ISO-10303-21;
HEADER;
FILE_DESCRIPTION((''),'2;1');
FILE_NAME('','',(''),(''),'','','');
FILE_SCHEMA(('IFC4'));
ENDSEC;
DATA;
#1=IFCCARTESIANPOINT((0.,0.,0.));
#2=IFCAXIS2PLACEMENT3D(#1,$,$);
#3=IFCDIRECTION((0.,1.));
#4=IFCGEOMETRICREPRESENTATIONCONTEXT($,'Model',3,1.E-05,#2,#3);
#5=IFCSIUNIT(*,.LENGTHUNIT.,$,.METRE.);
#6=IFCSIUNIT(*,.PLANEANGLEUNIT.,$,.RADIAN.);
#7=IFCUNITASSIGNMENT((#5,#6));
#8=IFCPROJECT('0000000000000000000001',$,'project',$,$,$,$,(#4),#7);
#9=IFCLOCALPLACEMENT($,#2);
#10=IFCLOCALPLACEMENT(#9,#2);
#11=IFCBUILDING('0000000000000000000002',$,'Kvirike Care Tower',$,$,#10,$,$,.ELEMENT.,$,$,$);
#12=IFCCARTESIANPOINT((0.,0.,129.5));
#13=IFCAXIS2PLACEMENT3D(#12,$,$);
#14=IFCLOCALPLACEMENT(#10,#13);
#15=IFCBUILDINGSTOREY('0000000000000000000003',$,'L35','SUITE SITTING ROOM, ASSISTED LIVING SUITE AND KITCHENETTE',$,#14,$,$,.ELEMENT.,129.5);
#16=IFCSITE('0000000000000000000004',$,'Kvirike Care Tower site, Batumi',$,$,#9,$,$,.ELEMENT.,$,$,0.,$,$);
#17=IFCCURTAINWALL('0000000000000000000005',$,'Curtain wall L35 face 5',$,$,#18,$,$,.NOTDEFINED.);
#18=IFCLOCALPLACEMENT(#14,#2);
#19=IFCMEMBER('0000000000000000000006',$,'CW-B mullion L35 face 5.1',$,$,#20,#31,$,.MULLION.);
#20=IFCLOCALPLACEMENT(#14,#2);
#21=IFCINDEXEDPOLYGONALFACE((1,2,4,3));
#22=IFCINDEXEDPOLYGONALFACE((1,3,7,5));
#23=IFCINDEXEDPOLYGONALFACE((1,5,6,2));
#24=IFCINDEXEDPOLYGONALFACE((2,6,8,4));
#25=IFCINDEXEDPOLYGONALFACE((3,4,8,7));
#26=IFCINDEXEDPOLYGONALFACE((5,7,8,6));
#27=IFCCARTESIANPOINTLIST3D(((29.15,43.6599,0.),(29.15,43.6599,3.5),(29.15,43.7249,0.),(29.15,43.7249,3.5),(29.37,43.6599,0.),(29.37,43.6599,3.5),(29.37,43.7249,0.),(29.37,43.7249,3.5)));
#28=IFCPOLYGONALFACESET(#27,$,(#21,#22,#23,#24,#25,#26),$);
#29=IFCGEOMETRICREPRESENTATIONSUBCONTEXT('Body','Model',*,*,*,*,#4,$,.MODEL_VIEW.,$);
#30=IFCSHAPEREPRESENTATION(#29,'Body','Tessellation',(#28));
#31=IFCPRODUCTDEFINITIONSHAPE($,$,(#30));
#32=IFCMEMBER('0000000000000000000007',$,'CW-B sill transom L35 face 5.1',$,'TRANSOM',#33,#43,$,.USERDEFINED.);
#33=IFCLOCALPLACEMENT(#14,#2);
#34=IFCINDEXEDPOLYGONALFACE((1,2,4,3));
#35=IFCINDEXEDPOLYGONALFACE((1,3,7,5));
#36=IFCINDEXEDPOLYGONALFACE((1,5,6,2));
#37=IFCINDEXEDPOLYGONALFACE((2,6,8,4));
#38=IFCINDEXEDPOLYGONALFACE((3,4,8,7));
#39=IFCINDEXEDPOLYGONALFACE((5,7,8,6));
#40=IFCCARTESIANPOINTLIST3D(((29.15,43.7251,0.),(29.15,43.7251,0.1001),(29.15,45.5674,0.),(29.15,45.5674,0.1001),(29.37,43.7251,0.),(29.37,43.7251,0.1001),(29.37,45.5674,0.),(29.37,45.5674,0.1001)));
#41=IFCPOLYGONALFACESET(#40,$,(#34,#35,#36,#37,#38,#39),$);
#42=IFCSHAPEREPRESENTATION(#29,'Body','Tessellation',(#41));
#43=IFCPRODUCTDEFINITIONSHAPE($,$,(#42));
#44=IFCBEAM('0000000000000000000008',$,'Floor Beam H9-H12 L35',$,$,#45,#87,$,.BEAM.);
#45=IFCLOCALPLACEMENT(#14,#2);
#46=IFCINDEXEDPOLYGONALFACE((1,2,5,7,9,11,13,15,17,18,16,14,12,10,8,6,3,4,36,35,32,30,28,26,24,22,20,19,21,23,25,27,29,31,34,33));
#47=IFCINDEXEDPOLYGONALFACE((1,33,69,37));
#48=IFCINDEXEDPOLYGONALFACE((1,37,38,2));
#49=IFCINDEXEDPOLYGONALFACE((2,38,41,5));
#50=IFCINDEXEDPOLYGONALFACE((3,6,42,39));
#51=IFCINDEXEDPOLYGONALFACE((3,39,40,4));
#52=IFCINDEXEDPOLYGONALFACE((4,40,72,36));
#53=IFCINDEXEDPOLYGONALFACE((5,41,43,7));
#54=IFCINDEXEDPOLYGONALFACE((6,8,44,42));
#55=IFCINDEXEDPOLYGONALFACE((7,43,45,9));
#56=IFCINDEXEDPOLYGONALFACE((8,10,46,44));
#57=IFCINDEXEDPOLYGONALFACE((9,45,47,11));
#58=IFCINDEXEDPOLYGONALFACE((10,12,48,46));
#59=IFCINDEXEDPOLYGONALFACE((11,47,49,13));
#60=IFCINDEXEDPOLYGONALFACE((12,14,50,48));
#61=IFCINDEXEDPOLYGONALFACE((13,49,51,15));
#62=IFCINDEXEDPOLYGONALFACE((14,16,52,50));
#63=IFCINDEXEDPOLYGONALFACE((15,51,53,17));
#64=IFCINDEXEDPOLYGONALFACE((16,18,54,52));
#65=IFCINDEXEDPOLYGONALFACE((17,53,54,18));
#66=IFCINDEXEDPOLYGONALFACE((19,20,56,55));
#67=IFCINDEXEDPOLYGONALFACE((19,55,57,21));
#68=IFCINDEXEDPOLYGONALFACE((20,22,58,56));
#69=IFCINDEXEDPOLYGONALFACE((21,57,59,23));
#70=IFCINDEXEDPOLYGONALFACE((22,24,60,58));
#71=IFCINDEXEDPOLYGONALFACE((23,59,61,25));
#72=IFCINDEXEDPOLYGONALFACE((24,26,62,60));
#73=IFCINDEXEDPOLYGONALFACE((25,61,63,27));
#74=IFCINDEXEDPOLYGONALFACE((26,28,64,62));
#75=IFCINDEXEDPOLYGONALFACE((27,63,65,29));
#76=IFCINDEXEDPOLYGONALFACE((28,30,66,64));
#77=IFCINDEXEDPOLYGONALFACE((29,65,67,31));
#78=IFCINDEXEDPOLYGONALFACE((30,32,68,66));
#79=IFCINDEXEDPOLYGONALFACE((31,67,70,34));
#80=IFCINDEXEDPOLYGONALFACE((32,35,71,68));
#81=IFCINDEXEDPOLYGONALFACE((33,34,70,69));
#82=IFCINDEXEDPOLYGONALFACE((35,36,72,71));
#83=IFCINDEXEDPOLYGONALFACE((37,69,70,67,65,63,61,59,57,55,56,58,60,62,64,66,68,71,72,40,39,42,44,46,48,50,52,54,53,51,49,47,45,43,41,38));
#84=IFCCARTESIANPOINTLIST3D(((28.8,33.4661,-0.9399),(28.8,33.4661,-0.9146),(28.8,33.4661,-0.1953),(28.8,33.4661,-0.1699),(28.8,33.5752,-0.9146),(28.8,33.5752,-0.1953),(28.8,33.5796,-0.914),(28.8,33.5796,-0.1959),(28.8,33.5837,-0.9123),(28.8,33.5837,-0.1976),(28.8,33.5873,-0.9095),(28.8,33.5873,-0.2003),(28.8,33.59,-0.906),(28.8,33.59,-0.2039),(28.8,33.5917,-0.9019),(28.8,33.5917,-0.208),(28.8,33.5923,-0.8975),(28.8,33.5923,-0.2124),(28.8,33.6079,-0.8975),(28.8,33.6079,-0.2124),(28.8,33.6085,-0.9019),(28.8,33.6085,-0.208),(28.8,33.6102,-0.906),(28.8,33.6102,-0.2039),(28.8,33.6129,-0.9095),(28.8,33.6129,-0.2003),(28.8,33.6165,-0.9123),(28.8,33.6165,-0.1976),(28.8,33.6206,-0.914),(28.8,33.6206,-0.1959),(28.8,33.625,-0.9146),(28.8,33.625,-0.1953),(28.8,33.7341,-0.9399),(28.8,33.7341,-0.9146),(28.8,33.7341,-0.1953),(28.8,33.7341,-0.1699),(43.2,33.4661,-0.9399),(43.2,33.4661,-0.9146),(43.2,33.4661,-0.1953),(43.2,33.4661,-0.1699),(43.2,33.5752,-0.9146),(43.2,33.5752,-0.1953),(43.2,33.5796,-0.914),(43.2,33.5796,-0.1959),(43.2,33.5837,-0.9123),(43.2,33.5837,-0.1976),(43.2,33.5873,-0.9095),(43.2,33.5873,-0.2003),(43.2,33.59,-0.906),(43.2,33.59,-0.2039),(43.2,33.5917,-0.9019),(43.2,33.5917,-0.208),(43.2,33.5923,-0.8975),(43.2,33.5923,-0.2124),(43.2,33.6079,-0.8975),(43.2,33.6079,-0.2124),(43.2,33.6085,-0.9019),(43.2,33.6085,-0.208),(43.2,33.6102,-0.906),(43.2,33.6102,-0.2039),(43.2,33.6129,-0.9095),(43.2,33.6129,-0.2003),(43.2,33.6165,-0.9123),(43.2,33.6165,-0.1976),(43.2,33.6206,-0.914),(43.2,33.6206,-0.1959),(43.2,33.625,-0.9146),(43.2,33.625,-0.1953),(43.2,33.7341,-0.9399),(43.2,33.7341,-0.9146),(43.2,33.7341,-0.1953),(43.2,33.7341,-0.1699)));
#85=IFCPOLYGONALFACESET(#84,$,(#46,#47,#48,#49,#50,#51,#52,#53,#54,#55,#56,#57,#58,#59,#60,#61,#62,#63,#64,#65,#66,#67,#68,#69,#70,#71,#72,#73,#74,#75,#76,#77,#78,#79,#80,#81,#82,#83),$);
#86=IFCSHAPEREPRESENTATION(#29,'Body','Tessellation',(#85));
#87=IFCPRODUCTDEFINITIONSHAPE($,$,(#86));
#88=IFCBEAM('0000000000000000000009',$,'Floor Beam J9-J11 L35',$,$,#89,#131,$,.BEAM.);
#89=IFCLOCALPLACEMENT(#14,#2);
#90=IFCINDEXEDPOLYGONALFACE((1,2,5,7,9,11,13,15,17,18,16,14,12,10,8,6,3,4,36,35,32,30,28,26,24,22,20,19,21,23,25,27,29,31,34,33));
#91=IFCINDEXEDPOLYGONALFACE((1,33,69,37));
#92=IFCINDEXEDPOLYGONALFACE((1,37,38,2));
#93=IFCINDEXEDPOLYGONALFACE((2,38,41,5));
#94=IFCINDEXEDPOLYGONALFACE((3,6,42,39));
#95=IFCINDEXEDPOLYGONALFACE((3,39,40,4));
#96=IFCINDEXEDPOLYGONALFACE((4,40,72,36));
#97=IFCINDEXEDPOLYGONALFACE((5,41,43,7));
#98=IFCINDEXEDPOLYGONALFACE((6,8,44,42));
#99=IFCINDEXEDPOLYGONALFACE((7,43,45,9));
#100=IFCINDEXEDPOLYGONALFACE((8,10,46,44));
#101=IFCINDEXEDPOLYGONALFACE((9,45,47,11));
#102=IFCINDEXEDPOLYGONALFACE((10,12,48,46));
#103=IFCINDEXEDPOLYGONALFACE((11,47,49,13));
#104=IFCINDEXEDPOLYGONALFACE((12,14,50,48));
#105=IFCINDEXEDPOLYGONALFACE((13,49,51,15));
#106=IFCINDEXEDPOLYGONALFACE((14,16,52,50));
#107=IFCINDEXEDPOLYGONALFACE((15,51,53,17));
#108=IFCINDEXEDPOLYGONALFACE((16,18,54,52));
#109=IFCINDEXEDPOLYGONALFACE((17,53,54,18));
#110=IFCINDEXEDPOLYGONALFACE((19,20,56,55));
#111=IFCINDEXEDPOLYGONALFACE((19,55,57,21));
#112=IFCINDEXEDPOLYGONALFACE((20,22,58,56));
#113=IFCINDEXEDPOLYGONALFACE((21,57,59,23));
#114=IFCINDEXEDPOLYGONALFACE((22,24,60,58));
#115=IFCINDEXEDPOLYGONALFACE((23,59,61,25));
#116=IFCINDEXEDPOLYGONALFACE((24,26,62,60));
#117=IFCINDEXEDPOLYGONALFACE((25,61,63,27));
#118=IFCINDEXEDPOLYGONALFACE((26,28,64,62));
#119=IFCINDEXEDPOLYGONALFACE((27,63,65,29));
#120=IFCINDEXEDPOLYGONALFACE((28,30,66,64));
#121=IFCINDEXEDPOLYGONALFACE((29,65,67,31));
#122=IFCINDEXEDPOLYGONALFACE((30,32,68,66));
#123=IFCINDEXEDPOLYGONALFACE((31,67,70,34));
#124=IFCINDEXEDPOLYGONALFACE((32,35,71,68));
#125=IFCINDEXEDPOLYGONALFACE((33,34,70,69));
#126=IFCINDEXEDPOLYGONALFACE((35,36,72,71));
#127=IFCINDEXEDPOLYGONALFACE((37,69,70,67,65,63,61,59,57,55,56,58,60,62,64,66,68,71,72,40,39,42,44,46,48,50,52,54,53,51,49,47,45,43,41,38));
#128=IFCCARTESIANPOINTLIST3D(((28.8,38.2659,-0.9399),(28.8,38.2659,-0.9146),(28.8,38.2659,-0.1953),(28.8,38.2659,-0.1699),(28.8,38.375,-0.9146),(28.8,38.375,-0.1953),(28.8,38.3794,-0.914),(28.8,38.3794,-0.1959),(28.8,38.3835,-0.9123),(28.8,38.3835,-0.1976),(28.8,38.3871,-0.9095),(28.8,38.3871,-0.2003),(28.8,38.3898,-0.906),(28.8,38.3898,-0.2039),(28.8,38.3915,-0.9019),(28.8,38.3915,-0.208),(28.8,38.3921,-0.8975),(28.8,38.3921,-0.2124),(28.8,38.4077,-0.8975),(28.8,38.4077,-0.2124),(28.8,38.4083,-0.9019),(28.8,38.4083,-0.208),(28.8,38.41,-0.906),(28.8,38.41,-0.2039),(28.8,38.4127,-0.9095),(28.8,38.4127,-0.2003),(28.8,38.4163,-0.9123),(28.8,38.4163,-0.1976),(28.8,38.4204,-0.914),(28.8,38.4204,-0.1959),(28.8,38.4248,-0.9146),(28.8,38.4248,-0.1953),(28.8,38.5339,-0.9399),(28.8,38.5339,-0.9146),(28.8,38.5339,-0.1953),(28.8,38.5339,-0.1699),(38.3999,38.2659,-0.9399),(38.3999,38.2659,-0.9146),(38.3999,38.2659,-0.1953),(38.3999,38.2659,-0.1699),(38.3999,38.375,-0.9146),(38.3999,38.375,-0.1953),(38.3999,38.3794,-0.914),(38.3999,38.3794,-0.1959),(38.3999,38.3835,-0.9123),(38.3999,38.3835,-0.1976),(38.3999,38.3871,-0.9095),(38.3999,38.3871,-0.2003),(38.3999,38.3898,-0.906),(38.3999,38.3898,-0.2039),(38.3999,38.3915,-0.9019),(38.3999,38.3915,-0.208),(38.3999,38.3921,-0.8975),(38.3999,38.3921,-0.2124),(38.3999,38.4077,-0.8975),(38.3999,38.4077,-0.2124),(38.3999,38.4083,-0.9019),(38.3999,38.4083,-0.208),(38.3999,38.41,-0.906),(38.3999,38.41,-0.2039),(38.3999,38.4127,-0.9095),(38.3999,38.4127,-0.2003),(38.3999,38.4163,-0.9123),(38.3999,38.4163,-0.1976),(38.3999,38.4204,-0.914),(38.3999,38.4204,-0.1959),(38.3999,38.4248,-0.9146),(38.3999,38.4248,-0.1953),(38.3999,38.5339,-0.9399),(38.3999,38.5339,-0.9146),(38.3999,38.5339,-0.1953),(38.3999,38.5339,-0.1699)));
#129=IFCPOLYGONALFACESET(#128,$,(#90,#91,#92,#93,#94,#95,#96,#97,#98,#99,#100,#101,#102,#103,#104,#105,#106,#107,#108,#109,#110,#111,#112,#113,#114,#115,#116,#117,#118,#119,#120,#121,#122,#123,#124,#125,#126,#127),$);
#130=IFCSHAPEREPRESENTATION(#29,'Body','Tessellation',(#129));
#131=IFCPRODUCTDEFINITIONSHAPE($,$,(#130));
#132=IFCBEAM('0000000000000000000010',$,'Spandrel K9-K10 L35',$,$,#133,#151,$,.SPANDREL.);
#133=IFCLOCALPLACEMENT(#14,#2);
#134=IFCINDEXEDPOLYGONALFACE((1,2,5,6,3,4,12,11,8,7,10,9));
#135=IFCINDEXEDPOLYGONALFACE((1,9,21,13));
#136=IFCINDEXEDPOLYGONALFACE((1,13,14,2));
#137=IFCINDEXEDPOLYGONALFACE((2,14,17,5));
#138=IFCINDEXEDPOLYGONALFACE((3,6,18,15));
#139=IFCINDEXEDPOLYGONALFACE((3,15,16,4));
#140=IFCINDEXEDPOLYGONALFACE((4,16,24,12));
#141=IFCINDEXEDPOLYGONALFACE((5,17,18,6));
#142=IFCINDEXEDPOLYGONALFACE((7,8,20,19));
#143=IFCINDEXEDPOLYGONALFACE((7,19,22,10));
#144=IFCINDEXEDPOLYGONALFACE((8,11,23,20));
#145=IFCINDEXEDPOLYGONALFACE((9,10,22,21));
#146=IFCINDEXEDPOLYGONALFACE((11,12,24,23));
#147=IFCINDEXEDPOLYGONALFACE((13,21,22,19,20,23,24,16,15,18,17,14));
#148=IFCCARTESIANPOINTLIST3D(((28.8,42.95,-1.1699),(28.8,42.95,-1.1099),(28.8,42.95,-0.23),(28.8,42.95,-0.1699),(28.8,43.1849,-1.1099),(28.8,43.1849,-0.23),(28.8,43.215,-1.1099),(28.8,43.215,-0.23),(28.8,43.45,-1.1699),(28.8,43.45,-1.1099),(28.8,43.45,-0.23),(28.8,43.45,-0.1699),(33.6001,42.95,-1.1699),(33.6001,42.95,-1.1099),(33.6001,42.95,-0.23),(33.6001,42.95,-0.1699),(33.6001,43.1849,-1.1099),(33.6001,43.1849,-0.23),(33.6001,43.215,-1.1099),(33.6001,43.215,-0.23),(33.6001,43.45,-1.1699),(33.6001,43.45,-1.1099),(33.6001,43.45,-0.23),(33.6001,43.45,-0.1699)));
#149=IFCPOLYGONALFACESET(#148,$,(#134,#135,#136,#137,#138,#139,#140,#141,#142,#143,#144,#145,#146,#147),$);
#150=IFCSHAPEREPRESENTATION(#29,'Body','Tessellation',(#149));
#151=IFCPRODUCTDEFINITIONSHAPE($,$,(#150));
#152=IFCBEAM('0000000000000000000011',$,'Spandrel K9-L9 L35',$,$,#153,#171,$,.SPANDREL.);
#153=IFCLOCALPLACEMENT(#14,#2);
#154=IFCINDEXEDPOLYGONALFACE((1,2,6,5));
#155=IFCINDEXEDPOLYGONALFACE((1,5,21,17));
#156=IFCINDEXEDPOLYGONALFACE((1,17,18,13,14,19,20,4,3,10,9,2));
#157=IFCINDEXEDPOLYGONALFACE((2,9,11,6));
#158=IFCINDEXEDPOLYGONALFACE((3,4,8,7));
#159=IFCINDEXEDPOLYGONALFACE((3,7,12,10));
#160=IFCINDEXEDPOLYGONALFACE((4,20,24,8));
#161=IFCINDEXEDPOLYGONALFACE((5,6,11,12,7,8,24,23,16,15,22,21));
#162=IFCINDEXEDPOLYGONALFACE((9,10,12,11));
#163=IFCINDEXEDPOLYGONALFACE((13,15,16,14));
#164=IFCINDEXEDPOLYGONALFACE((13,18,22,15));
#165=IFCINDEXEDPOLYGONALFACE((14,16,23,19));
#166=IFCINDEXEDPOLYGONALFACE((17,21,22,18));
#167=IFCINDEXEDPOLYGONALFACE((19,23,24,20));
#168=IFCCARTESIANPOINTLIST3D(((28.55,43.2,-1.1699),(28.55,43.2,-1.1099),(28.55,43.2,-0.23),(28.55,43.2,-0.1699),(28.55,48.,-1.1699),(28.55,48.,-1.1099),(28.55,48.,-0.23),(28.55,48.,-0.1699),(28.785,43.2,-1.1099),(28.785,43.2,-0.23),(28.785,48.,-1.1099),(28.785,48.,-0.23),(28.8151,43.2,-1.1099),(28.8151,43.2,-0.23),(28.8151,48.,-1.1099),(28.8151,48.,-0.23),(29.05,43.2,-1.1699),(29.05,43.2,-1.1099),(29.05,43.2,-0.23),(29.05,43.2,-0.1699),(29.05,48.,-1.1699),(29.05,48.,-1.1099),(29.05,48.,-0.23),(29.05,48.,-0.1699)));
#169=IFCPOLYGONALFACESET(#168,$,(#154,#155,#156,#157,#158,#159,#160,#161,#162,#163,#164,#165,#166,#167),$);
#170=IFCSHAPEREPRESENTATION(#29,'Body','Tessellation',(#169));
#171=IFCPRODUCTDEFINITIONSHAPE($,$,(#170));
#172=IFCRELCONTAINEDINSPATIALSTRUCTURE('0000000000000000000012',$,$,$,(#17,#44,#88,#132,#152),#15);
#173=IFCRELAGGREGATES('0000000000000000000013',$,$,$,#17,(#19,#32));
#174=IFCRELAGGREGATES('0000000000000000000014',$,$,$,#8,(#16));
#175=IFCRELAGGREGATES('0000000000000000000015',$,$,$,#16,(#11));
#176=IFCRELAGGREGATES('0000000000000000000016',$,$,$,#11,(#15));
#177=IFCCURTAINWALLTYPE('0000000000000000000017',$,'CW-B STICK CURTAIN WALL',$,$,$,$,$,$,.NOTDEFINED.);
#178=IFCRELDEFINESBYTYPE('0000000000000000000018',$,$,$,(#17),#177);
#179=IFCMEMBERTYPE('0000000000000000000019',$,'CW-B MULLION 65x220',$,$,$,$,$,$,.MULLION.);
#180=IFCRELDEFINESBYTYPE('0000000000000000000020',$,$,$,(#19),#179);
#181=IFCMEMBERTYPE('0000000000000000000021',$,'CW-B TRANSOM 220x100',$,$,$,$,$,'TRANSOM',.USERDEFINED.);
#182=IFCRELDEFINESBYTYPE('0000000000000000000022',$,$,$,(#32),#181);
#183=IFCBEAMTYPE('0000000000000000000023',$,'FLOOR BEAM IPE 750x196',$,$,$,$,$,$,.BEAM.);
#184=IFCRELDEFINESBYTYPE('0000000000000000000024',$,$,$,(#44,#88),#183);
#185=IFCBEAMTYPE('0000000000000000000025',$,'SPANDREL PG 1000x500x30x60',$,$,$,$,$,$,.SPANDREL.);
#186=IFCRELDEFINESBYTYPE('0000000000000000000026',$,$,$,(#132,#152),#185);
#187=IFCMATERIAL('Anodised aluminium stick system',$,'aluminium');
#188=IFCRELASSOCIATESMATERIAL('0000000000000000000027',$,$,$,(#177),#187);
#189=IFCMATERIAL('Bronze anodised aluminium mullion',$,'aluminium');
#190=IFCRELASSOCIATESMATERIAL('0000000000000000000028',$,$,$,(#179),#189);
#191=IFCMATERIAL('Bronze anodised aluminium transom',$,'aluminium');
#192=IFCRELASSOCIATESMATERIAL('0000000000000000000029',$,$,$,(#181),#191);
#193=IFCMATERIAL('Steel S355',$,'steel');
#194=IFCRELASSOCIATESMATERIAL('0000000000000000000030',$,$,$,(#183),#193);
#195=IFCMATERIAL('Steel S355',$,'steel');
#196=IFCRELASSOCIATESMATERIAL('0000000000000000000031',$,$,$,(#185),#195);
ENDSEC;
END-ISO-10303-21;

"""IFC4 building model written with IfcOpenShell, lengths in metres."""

from ifc_helpers import new_model, si_unit, direction, frame, origin, origin_2d, place, context, subcontext, project, spatial, rectangle, i_section, extrude, material, material_profile, profile_set, type_object, element, aggregate, save


model = new_model("IFC4")

# Units and contexts
model_context = context("Model", 3, precision=1e-05, world=origin(), true_north=direction((0.0, 1.0)))
body_context = subcontext(model_context, "Body", "Model", "MODEL_VIEW")
ifc_project = project(units=[si_unit("LENGTHUNIT", "METRE"), si_unit("PLANEANGLEUNIT", "RADIAN")], contexts=[model_context])

# Site, building, storey
site_placement = place(None, origin())
site = spatial("IfcSite", under=ifc_project, at=site_placement, Name="Kvirike Care Tower site, Batumi", CompositionType="ELEMENT", RefElevation=0.0)
building_placement = place(site_placement, origin())
building = spatial("IfcBuilding", under=site, at=building_placement, Name="Kvirike Care Tower", CompositionType="ELEMENT")
storey_placement = place(building_placement, frame((0.0, 0.0, 129.5)))
storey = spatial("IfcBuildingStorey", under=building, at=storey_placement, Name="L35", Description="SUITE SITTING ROOM, ASSISTED LIVING SUITE AND KITCHENETTE", CompositionType="ELEMENT", Elevation=129.5)

# Curtain wall, members
ifc_material_1 = material(Name="Anodised aluminium stick system", Category="aluminium")
curtain_wall_type = type_object("IfcCurtainWallType", Name="CW-B STICK CURTAIN WALL", PredefinedType="NOTDEFINED", material=ifc_material_1)
curtain_wall_placement = place(storey_placement, origin())
curtain_wall = element("IfcCurtainWall", 1, at=curtain_wall_placement, inside=storey, type_object=curtain_wall_type, Name="Curtain wall L35 face 5", PredefinedType="NOTDEFINED")
ifc_material_2 = material(Name="Bronze anodised aluminium mullion", Category="aluminium")
ifc_material_profile_1 = material_profile(ifc_material_2, rectangle(XDim=0.0649, YDim=0.22, at=origin_2d()), Name="CW-B MULLION 65x220")
ifc_profile_set_1 = profile_set([ifc_material_profile_1], Name="Bronze anodised aluminium mullion")
member_type_1 = type_object("IfcMemberType", Name="CW-B MULLION 65x220", PredefinedType="MULLION", material=ifc_profile_set_1)
member_1_placement = place(storey_placement, frame((29.26, 43.6924, 0.0), z_axis=(0.0, 0.0, 1.0), x_axis=(0.0, 1.0, 0.0)))
member_1 = element("IfcMember", 2, at=member_1_placement, type_object=member_type_1, Name="CW-B mullion L35 face 5.1", PredefinedType="MULLION", context=body_context, shape_type="SweptSolid", body=[
    extrude(rectangle(XDim=0.0649, YDim=0.22, at=origin_2d()), origin(), (0.0, 0.0, 1.0), 3.5),
])
ifc_material_3 = material(Name="Bronze anodised aluminium transom", Category="aluminium")
ifc_material_profile_2 = material_profile(ifc_material_3, rectangle(XDim=0.22, YDim=0.1001, at=origin_2d()), Name="CW-B TRANSOM 220x100")
ifc_profile_set_2 = profile_set([ifc_material_profile_2], Name="Bronze anodised aluminium transom")
member_type_2 = type_object("IfcMemberType", Name="CW-B TRANSOM 220x100", ElementType="TRANSOM", PredefinedType="USERDEFINED", material=ifc_profile_set_2)
member_2_placement = place(storey_placement, frame((29.26, 43.7251, 0.05), z_axis=(0.0, 1.0, 0.0), x_axis=(-1.0, 0.0, 0.0)))
member_2 = element("IfcMember", 3, at=member_2_placement, type_object=member_type_2, Name="CW-B sill transom L35 face 5.1", ObjectType="TRANSOM", PredefinedType="USERDEFINED", context=body_context, shape_type="SweptSolid", body=[
    extrude(rectangle(XDim=0.22, YDim=0.1001, at=origin_2d()), origin(), (0.0, 0.0, 1.0), 1.8423),
])
aggregate(curtain_wall, [member_1, member_2])

# Beams
ifc_material_4 = material(Name="Steel S355", Category="steel")
ifc_material_profile_3 = material_profile(ifc_material_4, i_section(OverallWidth=0.2681, OverallDepth=0.77, WebThickness=0.0156, FlangeThickness=0.0254, FilletRadius=0.0171, at=origin_2d()), Name="IPE 750x196")
ifc_profile_set_3 = profile_set([ifc_material_profile_3], Name="Steel S355")
beam_type_1 = type_object("IfcBeamType", Name="FLOOR BEAM IPE 750x196", PredefinedType="BEAM", material=ifc_profile_set_3)
beam_1_placement = place(storey_placement, frame((28.8, 33.6001, -0.5549), z_axis=(1.0, 0.0, 0.0), x_axis=(0.0, 1.0, 0.0)))
element("IfcBeam", 4, at=beam_1_placement, inside=storey, type_object=beam_type_1, Name="Floor Beam H9-H12 L35", PredefinedType="BEAM", context=body_context, shape_type="SweptSolid", body=[
    extrude(i_section(OverallWidth=0.2681, OverallDepth=0.77, WebThickness=0.0156, FlangeThickness=0.0254, FilletRadius=0.0171, at=origin_2d()), origin(), (0.0, 0.0, 1.0), 14.3999),
])
beam_2_placement = place(storey_placement, frame((28.8, 38.3999, -0.5549), z_axis=(1.0, 0.0, 0.0), x_axis=(0.0, 1.0, 0.0)))
element("IfcBeam", 5, at=beam_2_placement, inside=storey, type_object=beam_type_1, Name="Floor Beam J9-J11 L35", PredefinedType="BEAM", context=body_context, shape_type="SweptSolid", body=[
    extrude(i_section(OverallWidth=0.2681, OverallDepth=0.77, WebThickness=0.0156, FlangeThickness=0.0254, FilletRadius=0.0171, at=origin_2d()), origin(), (0.0, 0.0, 1.0), 9.5999),
])
ifc_material_5 = material(Name="Steel S355", Category="steel")
ifc_material_profile_4 = material_profile(ifc_material_5, i_section(OverallWidth=0.5, OverallDepth=1.0, WebThickness=0.03, FlangeThickness=0.0601, at=origin_2d()), Name="PG 1000x500x30x60")
ifc_profile_set_4 = profile_set([ifc_material_profile_4], Name="Steel S355")
beam_type_2 = type_object("IfcBeamType", Name="SPANDREL PG 1000x500x30x60", PredefinedType="SPANDREL", material=ifc_profile_set_4)
for number, where, z_axis, x_axis, name in (
    (6, (28.8, 43.2, -0.6699), (1.0, 0.0, 0.0), (0.0, 1.0, 0.0), "Spandrel K9-K10 L35"),
    (7, (28.8, 43.2, -0.6699), (0.0, 1.0, 0.0), (-1.0, 0.0, 0.0), "Spandrel K9-L9 L35"),
):
    element("IfcBeam", number, at=place(storey_placement, frame(where, z_axis=z_axis, x_axis=x_axis)), inside=storey, type_object=beam_type_2, Name=name, PredefinedType="SPANDREL", context=body_context, shape_type="SweptSolid", body=[
        extrude(i_section(OverallWidth=0.5, OverallDepth=1.0, WebThickness=0.03, FlangeThickness=0.0601, at=origin_2d()), origin(), (0.0, 0.0, 1.0), 4.8),
    ])

save(model, "model.ifc")
